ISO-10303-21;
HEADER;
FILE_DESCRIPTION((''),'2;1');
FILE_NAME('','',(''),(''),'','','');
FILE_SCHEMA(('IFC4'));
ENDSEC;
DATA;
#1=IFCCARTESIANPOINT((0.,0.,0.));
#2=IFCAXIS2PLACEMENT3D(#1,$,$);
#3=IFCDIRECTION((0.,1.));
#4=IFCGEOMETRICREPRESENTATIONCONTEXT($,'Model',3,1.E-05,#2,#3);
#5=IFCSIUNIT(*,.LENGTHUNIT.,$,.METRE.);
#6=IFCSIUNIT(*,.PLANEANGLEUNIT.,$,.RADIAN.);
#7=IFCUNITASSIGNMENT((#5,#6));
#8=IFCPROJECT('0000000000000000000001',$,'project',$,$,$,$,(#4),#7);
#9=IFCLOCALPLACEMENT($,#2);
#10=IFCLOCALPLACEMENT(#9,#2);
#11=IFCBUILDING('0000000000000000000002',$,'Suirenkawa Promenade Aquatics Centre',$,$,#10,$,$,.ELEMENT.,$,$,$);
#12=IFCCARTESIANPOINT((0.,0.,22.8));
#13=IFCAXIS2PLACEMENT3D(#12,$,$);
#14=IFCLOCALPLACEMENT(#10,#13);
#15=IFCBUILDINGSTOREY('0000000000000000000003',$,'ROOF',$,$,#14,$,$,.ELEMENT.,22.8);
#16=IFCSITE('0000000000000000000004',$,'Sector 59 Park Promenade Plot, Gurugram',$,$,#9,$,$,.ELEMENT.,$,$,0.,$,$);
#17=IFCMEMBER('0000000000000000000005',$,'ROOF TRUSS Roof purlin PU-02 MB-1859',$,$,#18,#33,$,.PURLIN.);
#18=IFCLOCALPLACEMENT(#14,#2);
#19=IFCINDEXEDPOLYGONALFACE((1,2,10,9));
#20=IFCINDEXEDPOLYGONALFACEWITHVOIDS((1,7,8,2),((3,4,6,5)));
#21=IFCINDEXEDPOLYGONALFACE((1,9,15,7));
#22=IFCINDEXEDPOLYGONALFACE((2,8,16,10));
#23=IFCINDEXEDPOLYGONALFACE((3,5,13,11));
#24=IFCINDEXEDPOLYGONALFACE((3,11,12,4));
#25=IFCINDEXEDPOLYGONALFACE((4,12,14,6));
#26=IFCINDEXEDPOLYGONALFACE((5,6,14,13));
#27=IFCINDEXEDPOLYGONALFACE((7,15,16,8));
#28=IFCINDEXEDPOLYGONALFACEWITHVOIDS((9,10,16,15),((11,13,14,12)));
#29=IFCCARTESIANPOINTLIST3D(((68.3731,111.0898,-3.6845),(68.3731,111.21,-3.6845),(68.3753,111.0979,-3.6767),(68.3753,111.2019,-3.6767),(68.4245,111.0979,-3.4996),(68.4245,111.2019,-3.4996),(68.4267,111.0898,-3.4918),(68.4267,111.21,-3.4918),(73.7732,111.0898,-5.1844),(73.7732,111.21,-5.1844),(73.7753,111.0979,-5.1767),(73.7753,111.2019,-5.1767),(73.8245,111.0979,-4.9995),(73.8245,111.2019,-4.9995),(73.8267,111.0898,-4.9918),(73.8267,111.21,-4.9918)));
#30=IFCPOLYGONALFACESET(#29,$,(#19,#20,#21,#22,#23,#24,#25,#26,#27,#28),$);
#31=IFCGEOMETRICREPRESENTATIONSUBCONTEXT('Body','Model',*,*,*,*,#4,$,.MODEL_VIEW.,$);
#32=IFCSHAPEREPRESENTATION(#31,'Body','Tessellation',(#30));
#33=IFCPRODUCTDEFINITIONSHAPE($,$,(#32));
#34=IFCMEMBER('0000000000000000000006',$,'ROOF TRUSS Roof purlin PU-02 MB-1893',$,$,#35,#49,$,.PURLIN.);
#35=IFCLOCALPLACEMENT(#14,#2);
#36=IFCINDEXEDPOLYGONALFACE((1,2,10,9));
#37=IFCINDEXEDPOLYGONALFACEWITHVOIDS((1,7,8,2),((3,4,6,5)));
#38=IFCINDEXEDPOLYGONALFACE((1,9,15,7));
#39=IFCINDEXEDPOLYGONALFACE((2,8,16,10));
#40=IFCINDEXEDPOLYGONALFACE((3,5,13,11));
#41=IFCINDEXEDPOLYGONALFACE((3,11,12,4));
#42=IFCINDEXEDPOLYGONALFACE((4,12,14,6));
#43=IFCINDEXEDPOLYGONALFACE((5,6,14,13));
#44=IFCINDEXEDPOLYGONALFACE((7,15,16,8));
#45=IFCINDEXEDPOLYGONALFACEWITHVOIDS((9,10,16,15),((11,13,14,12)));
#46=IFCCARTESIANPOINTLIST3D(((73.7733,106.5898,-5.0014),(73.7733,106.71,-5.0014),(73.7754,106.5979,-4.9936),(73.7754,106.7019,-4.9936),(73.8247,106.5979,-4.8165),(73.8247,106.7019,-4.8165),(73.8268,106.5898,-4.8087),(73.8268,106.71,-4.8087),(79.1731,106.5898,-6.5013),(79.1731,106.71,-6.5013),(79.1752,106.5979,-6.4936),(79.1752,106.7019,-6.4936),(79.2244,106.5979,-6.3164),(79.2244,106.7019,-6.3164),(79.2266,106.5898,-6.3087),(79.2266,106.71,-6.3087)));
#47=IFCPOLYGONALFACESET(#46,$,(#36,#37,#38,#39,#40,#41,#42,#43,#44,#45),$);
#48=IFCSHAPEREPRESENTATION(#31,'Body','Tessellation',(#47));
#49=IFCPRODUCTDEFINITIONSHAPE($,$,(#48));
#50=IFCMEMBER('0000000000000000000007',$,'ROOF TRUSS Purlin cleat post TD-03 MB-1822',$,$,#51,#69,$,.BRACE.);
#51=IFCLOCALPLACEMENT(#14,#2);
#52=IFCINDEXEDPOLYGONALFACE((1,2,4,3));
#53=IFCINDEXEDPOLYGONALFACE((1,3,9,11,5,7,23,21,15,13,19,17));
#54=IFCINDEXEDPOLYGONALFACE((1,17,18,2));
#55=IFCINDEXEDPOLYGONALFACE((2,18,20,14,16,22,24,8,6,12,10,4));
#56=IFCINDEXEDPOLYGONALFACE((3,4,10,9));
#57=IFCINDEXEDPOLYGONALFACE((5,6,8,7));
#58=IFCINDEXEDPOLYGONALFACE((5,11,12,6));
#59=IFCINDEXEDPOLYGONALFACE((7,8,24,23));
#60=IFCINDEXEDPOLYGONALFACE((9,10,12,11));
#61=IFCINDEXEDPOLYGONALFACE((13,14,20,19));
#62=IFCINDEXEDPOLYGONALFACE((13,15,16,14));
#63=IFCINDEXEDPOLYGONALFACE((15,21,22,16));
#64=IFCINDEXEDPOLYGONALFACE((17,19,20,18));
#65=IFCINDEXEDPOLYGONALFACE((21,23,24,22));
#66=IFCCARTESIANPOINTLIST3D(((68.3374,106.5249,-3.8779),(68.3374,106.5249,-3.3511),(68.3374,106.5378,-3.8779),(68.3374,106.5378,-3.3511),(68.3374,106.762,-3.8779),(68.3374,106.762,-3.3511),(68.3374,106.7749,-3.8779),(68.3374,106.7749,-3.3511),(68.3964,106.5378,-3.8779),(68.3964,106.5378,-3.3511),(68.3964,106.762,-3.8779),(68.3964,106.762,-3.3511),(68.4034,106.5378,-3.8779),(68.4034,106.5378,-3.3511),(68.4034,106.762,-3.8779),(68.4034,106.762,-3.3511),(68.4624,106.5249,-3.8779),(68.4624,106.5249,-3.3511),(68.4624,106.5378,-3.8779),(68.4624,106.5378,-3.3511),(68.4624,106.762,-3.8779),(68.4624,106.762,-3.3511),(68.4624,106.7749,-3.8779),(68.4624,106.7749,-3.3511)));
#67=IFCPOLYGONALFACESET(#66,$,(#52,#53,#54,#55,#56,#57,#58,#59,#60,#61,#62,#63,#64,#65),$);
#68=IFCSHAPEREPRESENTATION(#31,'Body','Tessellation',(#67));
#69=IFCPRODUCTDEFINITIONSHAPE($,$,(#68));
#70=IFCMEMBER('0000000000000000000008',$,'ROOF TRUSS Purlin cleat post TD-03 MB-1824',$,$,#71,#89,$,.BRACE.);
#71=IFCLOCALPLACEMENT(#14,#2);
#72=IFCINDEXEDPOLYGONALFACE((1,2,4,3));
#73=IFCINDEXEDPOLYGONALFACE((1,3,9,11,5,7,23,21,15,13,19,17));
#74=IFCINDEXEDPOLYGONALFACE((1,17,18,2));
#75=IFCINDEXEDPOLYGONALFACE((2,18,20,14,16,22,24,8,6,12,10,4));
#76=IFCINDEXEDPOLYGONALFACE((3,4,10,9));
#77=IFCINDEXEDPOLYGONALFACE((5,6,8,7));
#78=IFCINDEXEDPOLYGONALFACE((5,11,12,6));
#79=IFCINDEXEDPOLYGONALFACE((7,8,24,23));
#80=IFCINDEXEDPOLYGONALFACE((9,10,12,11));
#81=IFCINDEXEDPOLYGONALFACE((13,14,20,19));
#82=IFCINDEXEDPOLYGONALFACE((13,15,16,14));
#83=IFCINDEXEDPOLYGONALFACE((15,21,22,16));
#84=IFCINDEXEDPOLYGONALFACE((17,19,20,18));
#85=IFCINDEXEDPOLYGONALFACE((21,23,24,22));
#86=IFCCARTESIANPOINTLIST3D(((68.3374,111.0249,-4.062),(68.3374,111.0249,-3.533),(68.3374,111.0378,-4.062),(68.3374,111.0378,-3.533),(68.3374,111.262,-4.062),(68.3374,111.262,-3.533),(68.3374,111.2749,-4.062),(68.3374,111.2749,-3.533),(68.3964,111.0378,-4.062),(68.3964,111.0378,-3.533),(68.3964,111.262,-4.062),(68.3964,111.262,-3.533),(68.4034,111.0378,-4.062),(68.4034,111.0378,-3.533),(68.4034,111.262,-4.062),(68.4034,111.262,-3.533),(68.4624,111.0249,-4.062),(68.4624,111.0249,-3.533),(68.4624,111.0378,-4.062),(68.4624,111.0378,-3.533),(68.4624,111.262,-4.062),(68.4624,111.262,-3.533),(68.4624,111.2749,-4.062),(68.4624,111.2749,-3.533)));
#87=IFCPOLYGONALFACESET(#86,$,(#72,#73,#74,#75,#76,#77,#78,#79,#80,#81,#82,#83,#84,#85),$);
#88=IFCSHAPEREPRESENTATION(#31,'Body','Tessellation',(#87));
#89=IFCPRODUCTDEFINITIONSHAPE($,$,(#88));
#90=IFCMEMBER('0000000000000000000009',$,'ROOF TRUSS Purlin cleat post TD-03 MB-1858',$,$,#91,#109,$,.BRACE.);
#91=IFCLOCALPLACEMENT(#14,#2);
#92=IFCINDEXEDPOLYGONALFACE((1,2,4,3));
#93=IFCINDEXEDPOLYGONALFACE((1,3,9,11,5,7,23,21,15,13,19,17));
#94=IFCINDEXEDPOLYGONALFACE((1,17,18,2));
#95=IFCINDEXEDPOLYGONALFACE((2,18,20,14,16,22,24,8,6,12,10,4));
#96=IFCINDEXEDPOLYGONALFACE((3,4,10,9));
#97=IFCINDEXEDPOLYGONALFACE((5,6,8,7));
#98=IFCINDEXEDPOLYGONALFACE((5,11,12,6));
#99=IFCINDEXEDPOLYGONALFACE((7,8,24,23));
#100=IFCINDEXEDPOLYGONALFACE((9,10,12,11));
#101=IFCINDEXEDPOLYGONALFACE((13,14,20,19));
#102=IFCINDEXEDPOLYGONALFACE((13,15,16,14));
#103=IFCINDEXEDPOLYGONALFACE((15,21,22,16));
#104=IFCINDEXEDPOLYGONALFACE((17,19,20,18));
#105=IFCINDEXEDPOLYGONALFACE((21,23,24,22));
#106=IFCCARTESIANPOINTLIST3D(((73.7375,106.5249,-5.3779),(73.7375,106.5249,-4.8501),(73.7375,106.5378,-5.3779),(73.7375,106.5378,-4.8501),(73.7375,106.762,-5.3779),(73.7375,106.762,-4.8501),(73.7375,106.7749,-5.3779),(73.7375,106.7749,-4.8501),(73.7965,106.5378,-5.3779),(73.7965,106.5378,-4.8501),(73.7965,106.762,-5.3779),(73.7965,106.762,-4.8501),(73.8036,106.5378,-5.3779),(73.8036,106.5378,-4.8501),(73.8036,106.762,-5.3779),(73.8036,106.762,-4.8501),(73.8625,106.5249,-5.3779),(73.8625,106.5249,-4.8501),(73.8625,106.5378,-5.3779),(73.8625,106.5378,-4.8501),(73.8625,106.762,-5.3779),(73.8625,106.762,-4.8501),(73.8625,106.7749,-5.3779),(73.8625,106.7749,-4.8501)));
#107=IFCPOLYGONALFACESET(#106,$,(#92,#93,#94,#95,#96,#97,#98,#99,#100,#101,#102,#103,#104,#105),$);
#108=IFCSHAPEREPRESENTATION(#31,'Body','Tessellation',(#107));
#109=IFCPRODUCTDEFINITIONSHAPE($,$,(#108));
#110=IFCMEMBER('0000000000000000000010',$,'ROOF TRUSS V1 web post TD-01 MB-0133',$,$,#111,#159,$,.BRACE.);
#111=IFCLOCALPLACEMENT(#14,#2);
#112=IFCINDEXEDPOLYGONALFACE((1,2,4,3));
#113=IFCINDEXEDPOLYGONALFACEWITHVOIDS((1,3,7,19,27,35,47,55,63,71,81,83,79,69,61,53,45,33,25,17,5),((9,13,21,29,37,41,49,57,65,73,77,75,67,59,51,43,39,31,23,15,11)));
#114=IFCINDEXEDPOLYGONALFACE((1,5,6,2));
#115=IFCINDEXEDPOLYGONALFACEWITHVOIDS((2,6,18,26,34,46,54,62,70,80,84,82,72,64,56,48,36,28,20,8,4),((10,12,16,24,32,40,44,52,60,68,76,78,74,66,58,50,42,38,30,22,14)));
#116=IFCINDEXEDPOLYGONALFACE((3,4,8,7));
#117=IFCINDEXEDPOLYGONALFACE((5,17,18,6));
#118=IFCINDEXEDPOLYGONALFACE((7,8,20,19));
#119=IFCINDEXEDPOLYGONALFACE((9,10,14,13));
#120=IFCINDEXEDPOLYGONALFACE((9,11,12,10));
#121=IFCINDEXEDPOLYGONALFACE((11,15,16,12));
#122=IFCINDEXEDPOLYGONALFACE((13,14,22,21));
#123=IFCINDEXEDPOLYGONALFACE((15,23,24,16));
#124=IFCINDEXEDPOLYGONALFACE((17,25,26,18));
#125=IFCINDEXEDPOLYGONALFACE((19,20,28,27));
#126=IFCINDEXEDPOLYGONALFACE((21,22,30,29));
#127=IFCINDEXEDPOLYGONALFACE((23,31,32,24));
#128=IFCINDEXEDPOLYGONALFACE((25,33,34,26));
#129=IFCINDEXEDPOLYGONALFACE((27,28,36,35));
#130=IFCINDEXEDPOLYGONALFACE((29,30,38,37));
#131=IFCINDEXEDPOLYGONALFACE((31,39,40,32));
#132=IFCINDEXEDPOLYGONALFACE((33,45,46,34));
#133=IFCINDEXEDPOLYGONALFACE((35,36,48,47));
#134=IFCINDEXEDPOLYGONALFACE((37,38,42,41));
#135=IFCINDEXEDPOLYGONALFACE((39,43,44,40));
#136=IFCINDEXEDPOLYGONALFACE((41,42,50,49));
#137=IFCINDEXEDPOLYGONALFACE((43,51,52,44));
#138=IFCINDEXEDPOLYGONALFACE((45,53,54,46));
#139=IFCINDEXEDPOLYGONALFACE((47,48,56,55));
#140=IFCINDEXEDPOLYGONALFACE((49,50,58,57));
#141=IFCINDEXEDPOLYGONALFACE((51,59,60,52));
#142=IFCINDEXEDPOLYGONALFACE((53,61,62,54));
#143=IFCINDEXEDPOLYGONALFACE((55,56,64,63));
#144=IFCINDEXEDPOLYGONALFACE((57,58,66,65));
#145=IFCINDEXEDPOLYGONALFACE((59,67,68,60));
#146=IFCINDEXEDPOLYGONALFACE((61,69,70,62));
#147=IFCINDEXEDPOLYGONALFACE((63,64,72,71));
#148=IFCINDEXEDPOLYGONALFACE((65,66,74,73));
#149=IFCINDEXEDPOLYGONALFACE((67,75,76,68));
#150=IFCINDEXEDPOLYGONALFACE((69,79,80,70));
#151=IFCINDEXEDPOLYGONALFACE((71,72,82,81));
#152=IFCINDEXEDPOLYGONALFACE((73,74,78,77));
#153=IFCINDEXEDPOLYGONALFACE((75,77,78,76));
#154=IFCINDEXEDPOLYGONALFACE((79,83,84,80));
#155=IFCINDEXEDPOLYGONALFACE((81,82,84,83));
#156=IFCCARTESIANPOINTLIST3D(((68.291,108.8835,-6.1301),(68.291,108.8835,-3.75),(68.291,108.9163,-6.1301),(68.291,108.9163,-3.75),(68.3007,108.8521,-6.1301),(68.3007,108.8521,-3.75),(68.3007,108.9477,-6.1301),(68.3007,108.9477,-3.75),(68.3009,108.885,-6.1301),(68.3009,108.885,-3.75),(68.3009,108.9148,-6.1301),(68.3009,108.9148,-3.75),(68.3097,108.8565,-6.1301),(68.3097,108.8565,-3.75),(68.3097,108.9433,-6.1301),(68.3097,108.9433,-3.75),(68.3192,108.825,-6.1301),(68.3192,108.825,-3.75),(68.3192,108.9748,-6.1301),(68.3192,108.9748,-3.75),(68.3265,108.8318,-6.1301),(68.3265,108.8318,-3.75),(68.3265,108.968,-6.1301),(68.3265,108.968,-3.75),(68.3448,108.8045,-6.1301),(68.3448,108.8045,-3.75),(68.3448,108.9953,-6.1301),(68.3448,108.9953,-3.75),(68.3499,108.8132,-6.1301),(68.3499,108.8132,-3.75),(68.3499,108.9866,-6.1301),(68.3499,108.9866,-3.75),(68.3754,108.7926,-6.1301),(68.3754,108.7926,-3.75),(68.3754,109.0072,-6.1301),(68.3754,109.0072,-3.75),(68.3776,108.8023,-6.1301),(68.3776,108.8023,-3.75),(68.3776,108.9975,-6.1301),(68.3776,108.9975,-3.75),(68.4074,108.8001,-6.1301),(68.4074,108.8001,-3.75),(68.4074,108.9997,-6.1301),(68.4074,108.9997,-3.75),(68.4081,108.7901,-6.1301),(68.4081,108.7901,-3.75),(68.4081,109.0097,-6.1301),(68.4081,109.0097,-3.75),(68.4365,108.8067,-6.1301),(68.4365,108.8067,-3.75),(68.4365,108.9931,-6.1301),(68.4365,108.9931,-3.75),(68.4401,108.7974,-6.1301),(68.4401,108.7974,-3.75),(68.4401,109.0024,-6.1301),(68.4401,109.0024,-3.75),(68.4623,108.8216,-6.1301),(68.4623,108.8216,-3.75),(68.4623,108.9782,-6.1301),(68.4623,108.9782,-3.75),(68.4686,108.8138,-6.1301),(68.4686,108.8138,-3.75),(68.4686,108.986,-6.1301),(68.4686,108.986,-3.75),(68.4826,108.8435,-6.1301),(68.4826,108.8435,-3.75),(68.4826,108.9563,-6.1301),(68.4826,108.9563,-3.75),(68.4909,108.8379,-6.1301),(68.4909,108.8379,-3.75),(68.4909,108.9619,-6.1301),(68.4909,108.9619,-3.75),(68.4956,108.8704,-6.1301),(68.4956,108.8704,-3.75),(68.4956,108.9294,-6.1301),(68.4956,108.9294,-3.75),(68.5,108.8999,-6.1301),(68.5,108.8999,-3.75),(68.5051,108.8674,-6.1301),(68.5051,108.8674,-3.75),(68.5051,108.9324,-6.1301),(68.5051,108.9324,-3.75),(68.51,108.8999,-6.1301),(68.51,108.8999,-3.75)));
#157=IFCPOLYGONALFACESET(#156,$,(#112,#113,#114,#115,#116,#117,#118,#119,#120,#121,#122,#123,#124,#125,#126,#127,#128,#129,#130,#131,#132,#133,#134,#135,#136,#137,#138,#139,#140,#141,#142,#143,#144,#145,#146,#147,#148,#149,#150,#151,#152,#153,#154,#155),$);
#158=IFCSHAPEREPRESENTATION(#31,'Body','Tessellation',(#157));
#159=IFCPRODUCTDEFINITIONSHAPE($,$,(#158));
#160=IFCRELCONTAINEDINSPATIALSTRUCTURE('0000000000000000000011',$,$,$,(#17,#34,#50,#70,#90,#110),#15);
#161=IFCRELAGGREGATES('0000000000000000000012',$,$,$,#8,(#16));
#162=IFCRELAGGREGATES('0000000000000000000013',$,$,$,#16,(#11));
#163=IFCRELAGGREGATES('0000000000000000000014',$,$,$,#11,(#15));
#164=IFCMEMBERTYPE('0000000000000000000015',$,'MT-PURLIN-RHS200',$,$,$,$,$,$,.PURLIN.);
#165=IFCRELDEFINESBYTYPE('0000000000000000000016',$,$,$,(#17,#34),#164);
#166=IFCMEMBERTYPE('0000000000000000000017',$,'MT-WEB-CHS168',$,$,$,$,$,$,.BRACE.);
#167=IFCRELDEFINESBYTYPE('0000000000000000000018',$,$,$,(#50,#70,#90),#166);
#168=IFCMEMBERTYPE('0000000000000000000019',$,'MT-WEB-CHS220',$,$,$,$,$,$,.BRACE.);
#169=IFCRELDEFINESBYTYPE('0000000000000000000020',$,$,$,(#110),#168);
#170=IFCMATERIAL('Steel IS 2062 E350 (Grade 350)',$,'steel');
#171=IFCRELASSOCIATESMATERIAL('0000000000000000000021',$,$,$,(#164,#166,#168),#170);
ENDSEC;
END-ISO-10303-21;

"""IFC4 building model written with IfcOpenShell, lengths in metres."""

from ifc_helpers import new_model, si_unit, direction, frame, origin, origin_2d, place, context, subcontext, project, spatial, hollow_rectangle, hollow_circle, i_section, extrude, material, material_profile, profile_set, type_object, element, save


model = new_model("IFC4")

# Units and contexts
model_context = context("Model", 3, precision=1e-05, world=origin(), true_north=direction((0.0, 1.0)))
body_context = subcontext(model_context, "Body", "Model", "MODEL_VIEW")
ifc_project = project(units=[si_unit("LENGTHUNIT", "METRE"), si_unit("PLANEANGLEUNIT", "RADIAN")], contexts=[model_context])

# Site, building, storey
site_placement = place(None, origin())
site = spatial("IfcSite", under=ifc_project, at=site_placement, Name="Sector 59 Park Promenade Plot, Gurugram", CompositionType="ELEMENT", RefElevation=0.0)
building_placement = place(site_placement, origin())
building = spatial("IfcBuilding", under=site, at=building_placement, Name="Suirenkawa Promenade Aquatics Centre", CompositionType="ELEMENT")
storey_placement = place(building_placement, frame((0.0, 0.0, 22.8)))
storey = spatial("IfcBuildingStorey", under=building, at=storey_placement, Name="ROOF", CompositionType="ELEMENT", Elevation=22.8)

# Shared definitions
ifc_material = material(Name="Steel IS 2062 E350 (Grade 350)", Category="steel")

# Members
ifc_material_profile_1 = material_profile(ifc_material, hollow_rectangle(XDim=0.1201, YDim=0.2, WallThickness=0.0081, at=origin_2d()), Name="RHS 200x120x8", Category="steel")
ifc_profile_set_1 = profile_set([ifc_material_profile_1], Name="Steel IS 2062 E350 (Grade 350)")
member_type_1 = type_object("IfcMemberType", Name="MT-PURLIN-RHS200", PredefinedType="PURLIN", material=ifc_profile_set_1)
member_1_placement = place(storey_placement, frame((68.3999, 111.1499, -3.5881), z_axis=(0.96352, 0.0, -0.267637), x_axis=(0.0, 1.0, 0.0)))
element("IfcMember", 1, at=member_1_placement, inside=storey, type_object=member_type_1, Name="ROOF TRUSS Roof purlin PU-02 MB-1859", PredefinedType="PURLIN", context=body_context, shape_type="SweptSolid", body=[
    extrude(hollow_rectangle(XDim=0.1201, YDim=0.2, WallThickness=0.0081, at=origin_2d()), origin(), (0.0, 0.0, 1.0), 5.6045),
])
member_2_placement = place(storey_placement, frame((73.8, 106.6499, -4.905), z_axis=(0.963517, 0.0, -0.267648), x_axis=(0.0, 1.0, 0.0)))
element("IfcMember", 2, at=member_2_placement, inside=storey, type_object=member_type_1, Name="ROOF TRUSS Roof purlin PU-02 MB-1893", PredefinedType="PURLIN", context=body_context, shape_type="SweptSolid", body=[
    extrude(hollow_rectangle(XDim=0.1201, YDim=0.2, WallThickness=0.0081, at=origin_2d()), origin(), (0.0, 0.0, 1.0), 5.6042),
])
ifc_material_profile_2 = material_profile(ifc_material, i_section(OverallWidth=0.125, OverallDepth=0.25, WebThickness=0.0071, FlangeThickness=0.0129, at=origin_2d()), Name="ISMB 250", Category="steel")
ifc_profile_set_2 = profile_set([ifc_material_profile_2], Name="Steel IS 2062 E350 (Grade 350)")
member_type_2 = type_object("IfcMemberType", Name="MT-WEB-CHS168", PredefinedType="BRACE", material=ifc_profile_set_2)
member_3_placement = place(storey_placement, frame((68.3999, 106.6499, -3.8779), z_axis=(0.0, 0.0, 1.0), x_axis=(1.0, 0.0, 0.0)))
element("IfcMember", 3, at=member_3_placement, inside=storey, type_object=member_type_2, Name="ROOF TRUSS Purlin cleat post TD-03 MB-1822", PredefinedType="BRACE", context=body_context, shape_type="SweptSolid", body=[
    extrude(i_section(OverallWidth=0.125, OverallDepth=0.25, WebThickness=0.0071, FlangeThickness=0.0129, at=origin_2d()), origin(), (0.0, 0.0, 1.0), 0.5269),
])
member_4_placement = place(storey_placement, frame((68.3999, 111.1499, -4.062), z_axis=(0.0, 0.0, 1.0), x_axis=(1.0, 0.0, 0.0)))
element("IfcMember", 4, at=member_4_placement, inside=storey, type_object=member_type_2, Name="ROOF TRUSS Purlin cleat post TD-03 MB-1824", PredefinedType="BRACE", context=body_context, shape_type="SweptSolid", body=[
    extrude(i_section(OverallWidth=0.125, OverallDepth=0.25, WebThickness=0.0071, FlangeThickness=0.0129, at=origin_2d()), origin(), (0.0, 0.0, 1.0), 0.5291),
])
member_5_placement = place(storey_placement, frame((73.8, 106.6499, -5.3779), z_axis=(0.0, 0.0, 1.0), x_axis=(1.0, 0.0, 0.0)))
element("IfcMember", 5, at=member_5_placement, inside=storey, type_object=member_type_2, Name="ROOF TRUSS Purlin cleat post TD-03 MB-1858", PredefinedType="BRACE", context=body_context, shape_type="SweptSolid", body=[
    extrude(i_section(OverallWidth=0.125, OverallDepth=0.25, WebThickness=0.0071, FlangeThickness=0.0129, at=origin_2d()), origin(), (0.0, 0.0, 1.0), 0.5278),
])
ifc_material_profile_3 = material_profile(ifc_material, hollow_circle(Radius=0.1101, WallThickness=0.01, at=origin_2d()), Name="CHS 220x10", Category="steel")
ifc_profile_set_3 = profile_set([ifc_material_profile_3], Name="Steel IS 2062 E350 (Grade 350)")
member_type_3 = type_object("IfcMemberType", Name="MT-WEB-CHS220", PredefinedType="BRACE", material=ifc_profile_set_3)
member_6_placement = place(storey_placement, frame((68.3999, 108.8999, -6.1301), z_axis=(0.0, 0.0, 1.0), x_axis=(1.0, 0.0, 0.0)))
element("IfcMember", 6, at=member_6_placement, inside=storey, type_object=member_type_3, Name="ROOF TRUSS V1 web post TD-01 MB-0133", PredefinedType="BRACE", context=body_context, shape_type="SweptSolid", body=[
    extrude(hollow_circle(Radius=0.1101, WallThickness=0.01, at=origin_2d()), origin(), (0.0, 0.0, 1.0), 2.3801),
])

save(model, "model.ifc")
